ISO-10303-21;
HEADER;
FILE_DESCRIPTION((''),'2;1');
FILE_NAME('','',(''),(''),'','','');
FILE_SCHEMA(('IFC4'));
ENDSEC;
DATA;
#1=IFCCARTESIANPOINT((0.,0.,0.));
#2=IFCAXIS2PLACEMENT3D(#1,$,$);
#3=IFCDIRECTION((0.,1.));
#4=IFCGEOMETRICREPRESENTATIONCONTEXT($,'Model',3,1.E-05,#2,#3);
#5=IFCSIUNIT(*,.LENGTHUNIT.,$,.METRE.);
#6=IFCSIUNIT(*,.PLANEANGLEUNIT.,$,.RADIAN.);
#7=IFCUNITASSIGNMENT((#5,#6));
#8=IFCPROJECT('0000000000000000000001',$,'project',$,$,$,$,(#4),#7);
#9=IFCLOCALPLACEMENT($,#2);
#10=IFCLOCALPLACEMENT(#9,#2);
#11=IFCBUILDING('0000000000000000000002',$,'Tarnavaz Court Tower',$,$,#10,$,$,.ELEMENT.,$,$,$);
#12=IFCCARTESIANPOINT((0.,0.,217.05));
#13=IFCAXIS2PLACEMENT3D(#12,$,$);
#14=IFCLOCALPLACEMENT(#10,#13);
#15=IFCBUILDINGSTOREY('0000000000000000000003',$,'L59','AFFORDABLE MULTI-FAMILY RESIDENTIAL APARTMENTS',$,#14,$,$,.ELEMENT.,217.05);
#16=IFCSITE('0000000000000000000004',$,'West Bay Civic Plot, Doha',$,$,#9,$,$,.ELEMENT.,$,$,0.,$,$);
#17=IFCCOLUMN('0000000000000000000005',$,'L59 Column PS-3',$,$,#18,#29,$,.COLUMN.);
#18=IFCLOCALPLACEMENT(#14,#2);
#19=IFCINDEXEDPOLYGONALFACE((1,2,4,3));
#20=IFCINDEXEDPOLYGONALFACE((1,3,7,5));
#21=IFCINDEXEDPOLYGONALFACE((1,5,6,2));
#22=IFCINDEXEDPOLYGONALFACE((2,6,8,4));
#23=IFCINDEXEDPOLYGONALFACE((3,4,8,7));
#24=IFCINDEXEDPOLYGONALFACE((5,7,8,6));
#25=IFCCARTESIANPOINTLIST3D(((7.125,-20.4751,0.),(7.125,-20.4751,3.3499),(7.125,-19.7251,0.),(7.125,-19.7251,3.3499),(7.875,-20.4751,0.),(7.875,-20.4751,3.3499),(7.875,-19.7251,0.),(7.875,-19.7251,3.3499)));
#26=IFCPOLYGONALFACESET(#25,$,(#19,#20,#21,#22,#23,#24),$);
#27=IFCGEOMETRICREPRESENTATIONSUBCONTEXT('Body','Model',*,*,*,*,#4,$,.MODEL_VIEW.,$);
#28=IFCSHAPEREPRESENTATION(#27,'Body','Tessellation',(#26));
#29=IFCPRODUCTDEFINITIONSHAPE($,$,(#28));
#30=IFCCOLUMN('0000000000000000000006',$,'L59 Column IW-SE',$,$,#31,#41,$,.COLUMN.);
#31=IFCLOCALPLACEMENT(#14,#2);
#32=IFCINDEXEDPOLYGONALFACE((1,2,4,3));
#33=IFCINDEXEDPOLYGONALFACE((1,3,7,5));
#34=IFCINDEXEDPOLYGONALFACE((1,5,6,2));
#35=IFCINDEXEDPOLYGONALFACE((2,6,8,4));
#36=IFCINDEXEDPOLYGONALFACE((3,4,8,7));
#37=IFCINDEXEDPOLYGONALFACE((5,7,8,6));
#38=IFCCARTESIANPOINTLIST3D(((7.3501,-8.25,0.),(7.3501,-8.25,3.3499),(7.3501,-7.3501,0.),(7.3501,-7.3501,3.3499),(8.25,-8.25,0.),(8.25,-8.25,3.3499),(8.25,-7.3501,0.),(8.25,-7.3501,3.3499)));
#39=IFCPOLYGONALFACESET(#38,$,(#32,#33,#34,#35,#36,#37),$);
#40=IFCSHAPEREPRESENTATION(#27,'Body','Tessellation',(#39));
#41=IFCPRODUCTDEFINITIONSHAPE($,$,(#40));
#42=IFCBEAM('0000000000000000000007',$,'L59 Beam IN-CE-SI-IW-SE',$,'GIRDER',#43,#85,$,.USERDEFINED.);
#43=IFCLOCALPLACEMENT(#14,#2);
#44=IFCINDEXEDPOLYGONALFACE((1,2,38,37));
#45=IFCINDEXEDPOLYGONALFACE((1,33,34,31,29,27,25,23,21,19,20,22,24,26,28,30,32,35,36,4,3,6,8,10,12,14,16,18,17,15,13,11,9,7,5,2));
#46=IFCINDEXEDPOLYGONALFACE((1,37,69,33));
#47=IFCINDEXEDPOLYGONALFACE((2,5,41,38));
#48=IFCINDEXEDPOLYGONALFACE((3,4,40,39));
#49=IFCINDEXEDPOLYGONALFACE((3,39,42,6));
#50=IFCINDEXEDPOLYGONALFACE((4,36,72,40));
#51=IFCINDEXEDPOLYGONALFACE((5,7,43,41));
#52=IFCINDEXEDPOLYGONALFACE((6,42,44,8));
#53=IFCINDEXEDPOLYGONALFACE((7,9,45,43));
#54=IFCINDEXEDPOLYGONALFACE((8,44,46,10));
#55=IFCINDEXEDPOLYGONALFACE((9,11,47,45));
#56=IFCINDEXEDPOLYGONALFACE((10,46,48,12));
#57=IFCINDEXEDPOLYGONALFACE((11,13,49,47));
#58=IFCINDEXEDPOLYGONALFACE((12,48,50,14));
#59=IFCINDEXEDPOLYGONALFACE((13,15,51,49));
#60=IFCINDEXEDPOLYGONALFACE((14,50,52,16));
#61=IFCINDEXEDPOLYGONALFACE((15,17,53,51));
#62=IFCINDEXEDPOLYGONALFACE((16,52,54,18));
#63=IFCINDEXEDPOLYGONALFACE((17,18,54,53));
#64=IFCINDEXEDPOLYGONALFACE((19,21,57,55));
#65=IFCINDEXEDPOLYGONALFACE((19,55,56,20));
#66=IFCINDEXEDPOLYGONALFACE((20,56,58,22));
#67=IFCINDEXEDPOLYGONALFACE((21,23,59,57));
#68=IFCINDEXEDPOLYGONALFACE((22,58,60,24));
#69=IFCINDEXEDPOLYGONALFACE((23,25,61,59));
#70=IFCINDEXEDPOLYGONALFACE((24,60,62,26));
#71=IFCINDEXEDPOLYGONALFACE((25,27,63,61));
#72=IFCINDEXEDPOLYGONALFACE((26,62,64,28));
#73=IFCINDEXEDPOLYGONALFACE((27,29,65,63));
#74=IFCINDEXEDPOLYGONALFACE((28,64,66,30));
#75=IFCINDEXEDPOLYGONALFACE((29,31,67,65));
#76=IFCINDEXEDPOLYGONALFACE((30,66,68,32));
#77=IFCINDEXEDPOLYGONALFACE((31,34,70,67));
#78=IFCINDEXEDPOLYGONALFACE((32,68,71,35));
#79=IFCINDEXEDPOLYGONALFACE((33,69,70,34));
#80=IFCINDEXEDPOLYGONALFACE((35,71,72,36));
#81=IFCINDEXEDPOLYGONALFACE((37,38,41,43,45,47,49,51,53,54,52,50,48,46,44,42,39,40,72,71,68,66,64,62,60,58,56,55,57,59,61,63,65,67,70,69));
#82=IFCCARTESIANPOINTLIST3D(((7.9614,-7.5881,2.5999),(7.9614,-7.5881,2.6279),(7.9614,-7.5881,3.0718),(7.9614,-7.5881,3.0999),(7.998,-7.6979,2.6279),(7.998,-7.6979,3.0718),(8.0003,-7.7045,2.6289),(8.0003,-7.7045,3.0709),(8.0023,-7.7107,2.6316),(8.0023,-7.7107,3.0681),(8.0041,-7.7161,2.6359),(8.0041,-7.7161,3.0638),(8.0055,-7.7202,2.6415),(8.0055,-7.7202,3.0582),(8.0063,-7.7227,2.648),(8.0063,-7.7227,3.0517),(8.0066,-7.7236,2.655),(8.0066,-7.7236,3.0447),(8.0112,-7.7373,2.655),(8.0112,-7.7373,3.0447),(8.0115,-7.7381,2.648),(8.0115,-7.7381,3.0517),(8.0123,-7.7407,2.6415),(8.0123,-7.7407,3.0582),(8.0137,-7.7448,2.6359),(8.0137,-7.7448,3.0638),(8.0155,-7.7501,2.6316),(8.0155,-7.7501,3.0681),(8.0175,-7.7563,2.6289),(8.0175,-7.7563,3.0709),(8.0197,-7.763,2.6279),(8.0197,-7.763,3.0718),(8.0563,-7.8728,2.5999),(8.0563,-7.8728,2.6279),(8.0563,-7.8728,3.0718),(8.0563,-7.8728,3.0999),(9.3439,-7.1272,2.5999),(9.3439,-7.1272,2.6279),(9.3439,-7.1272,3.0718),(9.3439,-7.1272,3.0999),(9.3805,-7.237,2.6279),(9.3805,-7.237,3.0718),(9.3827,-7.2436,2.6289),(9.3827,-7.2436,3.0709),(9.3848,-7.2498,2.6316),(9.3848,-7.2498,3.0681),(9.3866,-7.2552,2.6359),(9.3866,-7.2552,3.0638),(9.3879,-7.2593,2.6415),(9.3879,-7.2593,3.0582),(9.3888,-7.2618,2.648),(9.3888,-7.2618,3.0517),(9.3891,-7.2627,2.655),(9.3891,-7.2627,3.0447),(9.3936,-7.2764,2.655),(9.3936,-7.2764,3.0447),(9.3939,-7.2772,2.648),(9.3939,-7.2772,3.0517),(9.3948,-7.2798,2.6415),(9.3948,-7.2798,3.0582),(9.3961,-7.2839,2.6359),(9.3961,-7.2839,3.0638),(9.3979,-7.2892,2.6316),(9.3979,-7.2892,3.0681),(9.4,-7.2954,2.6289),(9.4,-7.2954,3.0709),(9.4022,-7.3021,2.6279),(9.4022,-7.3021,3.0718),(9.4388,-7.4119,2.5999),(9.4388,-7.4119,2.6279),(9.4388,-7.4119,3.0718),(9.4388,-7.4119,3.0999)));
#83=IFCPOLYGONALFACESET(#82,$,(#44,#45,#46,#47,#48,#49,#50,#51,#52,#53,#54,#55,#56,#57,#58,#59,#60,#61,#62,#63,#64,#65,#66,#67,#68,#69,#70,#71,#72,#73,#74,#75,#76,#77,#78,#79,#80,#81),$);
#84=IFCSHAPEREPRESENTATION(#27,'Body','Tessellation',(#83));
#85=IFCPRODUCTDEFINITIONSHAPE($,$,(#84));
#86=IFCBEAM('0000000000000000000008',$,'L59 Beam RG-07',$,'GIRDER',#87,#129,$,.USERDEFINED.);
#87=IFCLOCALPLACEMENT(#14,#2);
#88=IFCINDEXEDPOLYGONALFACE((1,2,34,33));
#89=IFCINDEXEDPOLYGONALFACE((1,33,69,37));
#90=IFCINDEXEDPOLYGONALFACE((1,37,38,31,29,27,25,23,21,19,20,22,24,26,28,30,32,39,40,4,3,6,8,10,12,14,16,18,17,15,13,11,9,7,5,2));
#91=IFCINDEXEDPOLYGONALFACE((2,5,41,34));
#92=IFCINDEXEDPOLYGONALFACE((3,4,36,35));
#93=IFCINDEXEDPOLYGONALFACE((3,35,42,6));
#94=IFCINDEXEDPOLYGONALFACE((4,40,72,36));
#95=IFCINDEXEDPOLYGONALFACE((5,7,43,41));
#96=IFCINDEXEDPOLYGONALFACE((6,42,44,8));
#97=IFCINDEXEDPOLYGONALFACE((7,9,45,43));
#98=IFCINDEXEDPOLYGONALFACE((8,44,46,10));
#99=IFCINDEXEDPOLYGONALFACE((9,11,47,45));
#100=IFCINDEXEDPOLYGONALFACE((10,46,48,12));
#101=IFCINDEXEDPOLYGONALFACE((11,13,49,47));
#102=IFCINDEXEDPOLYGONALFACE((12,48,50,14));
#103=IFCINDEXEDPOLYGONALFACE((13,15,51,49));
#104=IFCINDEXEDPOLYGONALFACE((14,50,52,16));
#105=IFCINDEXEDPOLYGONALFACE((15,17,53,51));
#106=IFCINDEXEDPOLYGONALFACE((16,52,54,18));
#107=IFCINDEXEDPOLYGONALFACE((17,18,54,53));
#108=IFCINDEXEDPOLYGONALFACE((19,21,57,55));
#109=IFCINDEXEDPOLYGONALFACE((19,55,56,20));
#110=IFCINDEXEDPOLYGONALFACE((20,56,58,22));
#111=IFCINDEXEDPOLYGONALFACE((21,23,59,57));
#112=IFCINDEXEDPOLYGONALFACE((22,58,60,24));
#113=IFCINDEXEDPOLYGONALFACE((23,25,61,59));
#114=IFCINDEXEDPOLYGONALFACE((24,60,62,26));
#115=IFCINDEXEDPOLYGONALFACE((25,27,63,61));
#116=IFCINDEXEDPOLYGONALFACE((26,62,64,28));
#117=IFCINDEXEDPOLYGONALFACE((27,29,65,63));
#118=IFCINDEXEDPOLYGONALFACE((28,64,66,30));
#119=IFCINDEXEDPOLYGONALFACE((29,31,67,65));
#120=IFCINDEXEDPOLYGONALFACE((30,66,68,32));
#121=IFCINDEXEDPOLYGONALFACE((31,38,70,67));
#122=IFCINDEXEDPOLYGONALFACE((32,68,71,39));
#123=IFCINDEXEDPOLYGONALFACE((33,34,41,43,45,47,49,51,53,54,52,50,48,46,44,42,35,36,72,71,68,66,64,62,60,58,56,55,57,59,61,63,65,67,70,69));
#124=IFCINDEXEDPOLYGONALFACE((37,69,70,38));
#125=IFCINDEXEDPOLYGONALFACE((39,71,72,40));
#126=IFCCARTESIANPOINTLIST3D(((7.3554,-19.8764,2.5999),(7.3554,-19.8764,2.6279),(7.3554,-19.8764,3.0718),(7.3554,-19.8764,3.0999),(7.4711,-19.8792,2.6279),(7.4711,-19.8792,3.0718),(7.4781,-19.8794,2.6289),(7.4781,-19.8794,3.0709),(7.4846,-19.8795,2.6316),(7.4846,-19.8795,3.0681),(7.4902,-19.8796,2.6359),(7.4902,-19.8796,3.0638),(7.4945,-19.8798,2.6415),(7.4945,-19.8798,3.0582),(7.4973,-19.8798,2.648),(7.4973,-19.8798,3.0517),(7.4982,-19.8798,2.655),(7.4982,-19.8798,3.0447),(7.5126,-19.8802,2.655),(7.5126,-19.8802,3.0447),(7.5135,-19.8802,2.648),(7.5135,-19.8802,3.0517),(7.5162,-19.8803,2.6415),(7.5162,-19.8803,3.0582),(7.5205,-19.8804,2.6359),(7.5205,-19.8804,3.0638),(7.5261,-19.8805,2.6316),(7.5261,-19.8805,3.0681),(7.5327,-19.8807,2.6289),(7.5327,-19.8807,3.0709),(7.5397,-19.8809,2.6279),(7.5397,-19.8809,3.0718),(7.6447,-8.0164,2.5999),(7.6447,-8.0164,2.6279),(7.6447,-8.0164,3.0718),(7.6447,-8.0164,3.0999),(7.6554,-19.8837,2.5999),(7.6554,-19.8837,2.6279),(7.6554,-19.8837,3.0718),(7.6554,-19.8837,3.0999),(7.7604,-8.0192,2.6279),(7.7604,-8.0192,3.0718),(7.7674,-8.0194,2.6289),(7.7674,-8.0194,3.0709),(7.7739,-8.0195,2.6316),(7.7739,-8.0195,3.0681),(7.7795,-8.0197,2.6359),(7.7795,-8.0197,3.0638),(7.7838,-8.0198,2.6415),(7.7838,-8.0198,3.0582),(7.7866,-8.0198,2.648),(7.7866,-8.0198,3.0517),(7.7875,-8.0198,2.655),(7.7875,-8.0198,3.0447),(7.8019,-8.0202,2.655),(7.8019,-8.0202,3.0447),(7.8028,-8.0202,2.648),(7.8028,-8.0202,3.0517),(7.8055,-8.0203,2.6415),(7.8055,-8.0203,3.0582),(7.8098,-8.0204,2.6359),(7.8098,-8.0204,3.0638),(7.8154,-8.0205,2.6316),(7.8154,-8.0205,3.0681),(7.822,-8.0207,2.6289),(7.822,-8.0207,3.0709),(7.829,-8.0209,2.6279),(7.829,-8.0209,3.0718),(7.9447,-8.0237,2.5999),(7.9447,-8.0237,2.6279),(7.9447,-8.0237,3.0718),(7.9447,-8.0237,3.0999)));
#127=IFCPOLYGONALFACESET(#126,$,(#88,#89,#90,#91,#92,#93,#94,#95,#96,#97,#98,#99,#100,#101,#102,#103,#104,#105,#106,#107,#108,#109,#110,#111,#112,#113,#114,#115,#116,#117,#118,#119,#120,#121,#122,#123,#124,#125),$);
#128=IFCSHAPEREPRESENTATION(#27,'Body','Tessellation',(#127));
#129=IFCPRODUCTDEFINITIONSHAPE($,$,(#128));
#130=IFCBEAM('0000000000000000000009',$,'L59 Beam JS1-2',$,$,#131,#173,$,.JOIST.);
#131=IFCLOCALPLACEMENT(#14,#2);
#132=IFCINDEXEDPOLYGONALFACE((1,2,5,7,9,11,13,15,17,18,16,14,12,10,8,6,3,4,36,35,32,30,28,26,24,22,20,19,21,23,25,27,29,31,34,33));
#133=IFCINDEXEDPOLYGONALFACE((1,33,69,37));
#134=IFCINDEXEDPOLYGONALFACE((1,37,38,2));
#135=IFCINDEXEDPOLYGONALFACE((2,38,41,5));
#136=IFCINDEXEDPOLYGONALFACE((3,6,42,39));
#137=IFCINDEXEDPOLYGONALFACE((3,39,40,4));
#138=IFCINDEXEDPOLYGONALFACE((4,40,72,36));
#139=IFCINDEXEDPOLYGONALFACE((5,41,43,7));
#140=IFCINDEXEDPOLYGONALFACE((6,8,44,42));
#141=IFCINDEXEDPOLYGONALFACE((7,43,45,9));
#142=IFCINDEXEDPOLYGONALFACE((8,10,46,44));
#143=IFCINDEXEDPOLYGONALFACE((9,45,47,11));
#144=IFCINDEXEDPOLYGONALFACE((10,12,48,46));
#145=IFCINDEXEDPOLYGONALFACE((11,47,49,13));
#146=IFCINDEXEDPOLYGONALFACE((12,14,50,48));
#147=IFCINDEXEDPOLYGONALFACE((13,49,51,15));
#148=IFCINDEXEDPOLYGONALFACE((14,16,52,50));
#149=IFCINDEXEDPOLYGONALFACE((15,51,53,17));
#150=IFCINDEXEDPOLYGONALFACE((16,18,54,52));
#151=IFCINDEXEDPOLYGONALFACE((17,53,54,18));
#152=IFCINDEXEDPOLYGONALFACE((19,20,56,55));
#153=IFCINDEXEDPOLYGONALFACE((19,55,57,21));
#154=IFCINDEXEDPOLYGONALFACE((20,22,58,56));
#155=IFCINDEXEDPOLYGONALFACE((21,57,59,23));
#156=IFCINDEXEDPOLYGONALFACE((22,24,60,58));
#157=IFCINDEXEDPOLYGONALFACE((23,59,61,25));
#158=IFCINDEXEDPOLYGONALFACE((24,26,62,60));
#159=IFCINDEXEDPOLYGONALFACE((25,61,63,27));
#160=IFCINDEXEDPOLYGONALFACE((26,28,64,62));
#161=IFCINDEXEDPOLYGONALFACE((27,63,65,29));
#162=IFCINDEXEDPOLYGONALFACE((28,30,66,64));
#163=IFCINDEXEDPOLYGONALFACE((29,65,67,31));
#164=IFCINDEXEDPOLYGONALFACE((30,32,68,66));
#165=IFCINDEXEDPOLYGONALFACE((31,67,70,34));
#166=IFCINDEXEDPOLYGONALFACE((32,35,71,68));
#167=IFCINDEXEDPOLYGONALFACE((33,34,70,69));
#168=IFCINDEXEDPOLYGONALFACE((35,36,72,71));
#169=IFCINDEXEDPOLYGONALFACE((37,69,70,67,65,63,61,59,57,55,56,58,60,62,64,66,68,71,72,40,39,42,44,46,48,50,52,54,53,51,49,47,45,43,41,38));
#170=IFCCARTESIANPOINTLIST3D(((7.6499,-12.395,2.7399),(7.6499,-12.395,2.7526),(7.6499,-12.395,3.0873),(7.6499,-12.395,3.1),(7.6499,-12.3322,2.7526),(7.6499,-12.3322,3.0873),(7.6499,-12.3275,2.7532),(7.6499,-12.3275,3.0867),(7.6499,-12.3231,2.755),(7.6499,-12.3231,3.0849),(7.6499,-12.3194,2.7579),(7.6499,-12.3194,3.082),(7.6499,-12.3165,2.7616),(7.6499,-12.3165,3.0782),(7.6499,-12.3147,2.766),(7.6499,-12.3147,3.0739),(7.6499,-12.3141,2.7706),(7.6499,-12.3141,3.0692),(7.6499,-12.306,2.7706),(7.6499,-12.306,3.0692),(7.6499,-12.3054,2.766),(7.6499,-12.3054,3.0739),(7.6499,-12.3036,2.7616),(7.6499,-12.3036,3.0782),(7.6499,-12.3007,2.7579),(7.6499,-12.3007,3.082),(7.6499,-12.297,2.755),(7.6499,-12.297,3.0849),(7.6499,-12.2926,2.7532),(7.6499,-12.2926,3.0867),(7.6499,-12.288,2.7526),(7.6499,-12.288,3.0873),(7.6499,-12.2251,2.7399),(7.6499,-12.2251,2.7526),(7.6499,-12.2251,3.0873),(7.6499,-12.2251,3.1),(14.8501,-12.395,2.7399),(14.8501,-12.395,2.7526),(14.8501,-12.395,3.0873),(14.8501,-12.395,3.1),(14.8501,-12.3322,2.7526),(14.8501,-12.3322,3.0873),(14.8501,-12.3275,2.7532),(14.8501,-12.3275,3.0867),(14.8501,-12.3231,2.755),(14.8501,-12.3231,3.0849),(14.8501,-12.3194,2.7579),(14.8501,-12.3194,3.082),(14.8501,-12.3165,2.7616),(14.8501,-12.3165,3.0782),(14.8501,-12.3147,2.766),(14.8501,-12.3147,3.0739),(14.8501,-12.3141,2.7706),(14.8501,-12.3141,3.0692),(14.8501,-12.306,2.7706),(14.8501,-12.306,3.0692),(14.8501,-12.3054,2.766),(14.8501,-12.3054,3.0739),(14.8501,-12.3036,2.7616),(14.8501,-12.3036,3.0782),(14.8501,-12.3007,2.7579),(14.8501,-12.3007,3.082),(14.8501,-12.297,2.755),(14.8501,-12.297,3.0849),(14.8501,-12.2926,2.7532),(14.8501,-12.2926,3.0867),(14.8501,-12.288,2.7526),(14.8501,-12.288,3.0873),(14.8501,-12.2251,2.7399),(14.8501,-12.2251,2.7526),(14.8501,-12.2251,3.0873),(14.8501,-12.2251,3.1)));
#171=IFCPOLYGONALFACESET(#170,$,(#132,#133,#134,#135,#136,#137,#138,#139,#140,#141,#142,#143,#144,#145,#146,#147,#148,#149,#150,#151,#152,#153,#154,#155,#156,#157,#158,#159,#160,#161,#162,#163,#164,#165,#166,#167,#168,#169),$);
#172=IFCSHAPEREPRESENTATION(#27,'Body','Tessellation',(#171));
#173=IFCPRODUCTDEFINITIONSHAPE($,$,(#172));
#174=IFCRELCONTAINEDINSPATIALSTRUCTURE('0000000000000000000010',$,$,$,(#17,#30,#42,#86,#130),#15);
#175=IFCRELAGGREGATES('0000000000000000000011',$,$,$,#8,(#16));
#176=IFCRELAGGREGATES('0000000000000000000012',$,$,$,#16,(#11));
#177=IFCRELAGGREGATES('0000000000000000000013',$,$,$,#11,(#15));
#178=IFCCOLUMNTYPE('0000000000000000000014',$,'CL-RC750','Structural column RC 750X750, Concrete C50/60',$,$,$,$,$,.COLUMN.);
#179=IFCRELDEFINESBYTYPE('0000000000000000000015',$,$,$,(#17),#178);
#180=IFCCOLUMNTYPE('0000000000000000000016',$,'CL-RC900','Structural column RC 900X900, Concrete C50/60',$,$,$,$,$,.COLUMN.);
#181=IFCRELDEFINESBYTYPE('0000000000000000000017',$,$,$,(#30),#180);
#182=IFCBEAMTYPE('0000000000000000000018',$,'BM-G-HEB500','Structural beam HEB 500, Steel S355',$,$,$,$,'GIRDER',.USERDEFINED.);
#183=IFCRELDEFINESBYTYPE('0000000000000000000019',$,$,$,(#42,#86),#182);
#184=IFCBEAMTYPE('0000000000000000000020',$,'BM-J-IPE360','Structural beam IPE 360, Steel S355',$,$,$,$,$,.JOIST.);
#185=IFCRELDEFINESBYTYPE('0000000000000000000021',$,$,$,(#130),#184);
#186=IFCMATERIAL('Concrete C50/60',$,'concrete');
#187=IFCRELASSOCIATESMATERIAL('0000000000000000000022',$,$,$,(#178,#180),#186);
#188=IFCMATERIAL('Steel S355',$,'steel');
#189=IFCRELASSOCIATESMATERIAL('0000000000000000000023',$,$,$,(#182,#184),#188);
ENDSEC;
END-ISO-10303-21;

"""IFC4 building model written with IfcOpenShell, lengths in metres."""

from ifc_helpers import new_model, si_unit, direction, frame, origin, origin_2d, place, context, subcontext, project, spatial, rectangle, i_section, extrude, material, material_profile, profile_set, type_object, element, save


model = new_model("IFC4")

# Units and contexts
model_context = context("Model", 3, precision=1e-05, world=origin(), true_north=direction((0.0, 1.0)))
body_context = subcontext(model_context, "Body", "Model", "MODEL_VIEW")
ifc_project = project(units=[si_unit("LENGTHUNIT", "METRE"), si_unit("PLANEANGLEUNIT", "RADIAN")], contexts=[model_context])

# Site, building, storey
site_placement = place(None, origin())
site = spatial("IfcSite", under=ifc_project, at=site_placement, Name="West Bay Civic Plot, Doha", CompositionType="ELEMENT", RefElevation=0.0)
building_placement = place(site_placement, origin())
building = spatial("IfcBuilding", under=site, at=building_placement, Name="Tarnavaz Court Tower", CompositionType="ELEMENT")
storey_placement = place(building_placement, frame((0.0, 0.0, 217.05)))
storey = spatial("IfcBuildingStorey", under=building, at=storey_placement, Name="L59", Description="AFFORDABLE MULTI-FAMILY RESIDENTIAL APARTMENTS", CompositionType="ELEMENT", Elevation=217.05)

# Columns
ifc_material_1 = material(Name="Concrete C50/60", Category="concrete")
ifc_material_profile_1 = material_profile(ifc_material_1, rectangle(XDim=0.75, YDim=0.75, at=origin_2d()), Name="RC 750X750")
ifc_profile_set_1 = profile_set([ifc_material_profile_1], Name="Concrete C50/60")
column_type_1 = type_object("IfcColumnType", Name="CL-RC750", Description="Structural column RC 750X750, Concrete C50/60", PredefinedType="COLUMN", material=ifc_profile_set_1)
column_1_placement = place(storey_placement, frame((7.5, -20.1001, 0.0), z_axis=(0.0, 0.0, 1.0), x_axis=(1.0, 0.0, 0.0)))
element("IfcColumn", 1, at=column_1_placement, inside=storey, type_object=column_type_1, Name="L59 Column PS-3", PredefinedType="COLUMN", context=body_context, shape_type="SweptSolid", body=[
    extrude(rectangle(XDim=0.75, YDim=0.75, at=origin_2d()), origin(), (0.0, 0.0, 1.0), 3.3499),
])
ifc_material_profile_2 = material_profile(ifc_material_1, rectangle(XDim=0.8999, YDim=0.8999, at=origin_2d()), Name="RC 900X900")
ifc_profile_set_2 = profile_set([ifc_material_profile_2], Name="Concrete C50/60")
column_type_2 = type_object("IfcColumnType", Name="CL-RC900", Description="Structural column RC 900X900, Concrete C50/60", PredefinedType="COLUMN", material=ifc_profile_set_2)
column_2_placement = place(storey_placement, frame((7.8, -7.8, 0.0), z_axis=(0.0, 0.0, 1.0), x_axis=(1.0, 0.0, 0.0)))
element("IfcColumn", 2, at=column_2_placement, inside=storey, type_object=column_type_2, Name="L59 Column IW-SE", PredefinedType="COLUMN", context=body_context, shape_type="SweptSolid", body=[
    extrude(rectangle(XDim=0.8999, YDim=0.8999, at=origin_2d()), origin(), (0.0, 0.0, 1.0), 3.3499),
])

# Beams
ifc_material_2 = material(Name="Steel S355", Category="steel")
ifc_material_profile_3 = material_profile(ifc_material_2, i_section(OverallWidth=0.3, OverallDepth=0.5, WebThickness=0.0144, FlangeThickness=0.0281, FilletRadius=0.0271, at=origin_2d()), Name="HEB 500")
ifc_profile_set_3 = profile_set([ifc_material_profile_3], Name="Steel S355")
beam_type_1 = type_object("IfcBeamType", Name="BM-G-HEB500", Description="Structural beam HEB 500, Steel S355", ElementType="GIRDER", PredefinedType="USERDEFINED", material=ifc_profile_set_3)
beam_1_placement = place(storey_placement, frame((9.3914, -7.2695, 2.8499), z_axis=(-0.948667, -0.316278, 0.0), x_axis=(0.316278, -0.948667, 0.0)))
element("IfcBeam", 3, at=beam_1_placement, inside=storey, type_object=beam_type_1, Name="L59 Beam IN-CE-SI-IW-SE", ObjectType="GIRDER", PredefinedType="USERDEFINED", context=body_context, shape_type="SweptSolid", body=[
    extrude(i_section(OverallWidth=0.3, OverallDepth=0.5, WebThickness=0.0144, FlangeThickness=0.0281, FilletRadius=0.0271, at=origin_2d()), origin(), (0.0, 0.0, 1.0), 1.4573),
])
beam_2_placement = place(storey_placement, frame((7.7947, -8.02, 2.8499), z_axis=(-0.024386, -0.999703, 0.0), x_axis=(0.999703, -0.024386, 0.0)))
element("IfcBeam", 4, at=beam_2_placement, inside=storey, type_object=beam_type_1, Name="L59 Beam RG-07", ObjectType="GIRDER", PredefinedType="USERDEFINED", context=body_context, shape_type="SweptSolid", body=[
    extrude(i_section(OverallWidth=0.3, OverallDepth=0.5, WebThickness=0.0144, FlangeThickness=0.0281, FilletRadius=0.0271, at=origin_2d()), origin(), (0.0, 0.0, 1.0), 11.8635),
])
ifc_material_profile_4 = material_profile(ifc_material_2, i_section(OverallWidth=0.1699, OverallDepth=0.3601, WebThickness=0.0081, FlangeThickness=0.0127, FilletRadius=0.0181, at=origin_2d()), Name="IPE 360")
ifc_profile_set_4 = profile_set([ifc_material_profile_4], Name="Steel S355")
beam_type_2 = type_object("IfcBeamType", Name="BM-J-IPE360", Description="Structural beam IPE 360, Steel S355", PredefinedType="JOIST", material=ifc_profile_set_4)
for number, where, z_axis, x_axis, name in (
    (5, (7.6499, -12.3101, 2.9199), (1.0, 0.0, 0.0), (0.0, 1.0, 0.0), "L59 Beam JS1-2"),
):
    element("IfcBeam", number, at=place(storey_placement, frame(where, z_axis=z_axis, x_axis=x_axis)), inside=storey, type_object=beam_type_2, Name=name, PredefinedType="JOIST", context=body_context, shape_type="SweptSolid", body=[
        extrude(i_section(OverallWidth=0.1699, OverallDepth=0.3601, WebThickness=0.0081, FlangeThickness=0.0127, FilletRadius=0.0181, at=origin_2d()), origin(), (0.0, 0.0, 1.0), 7.2002),
    ])

save(model, "model.ifc")
